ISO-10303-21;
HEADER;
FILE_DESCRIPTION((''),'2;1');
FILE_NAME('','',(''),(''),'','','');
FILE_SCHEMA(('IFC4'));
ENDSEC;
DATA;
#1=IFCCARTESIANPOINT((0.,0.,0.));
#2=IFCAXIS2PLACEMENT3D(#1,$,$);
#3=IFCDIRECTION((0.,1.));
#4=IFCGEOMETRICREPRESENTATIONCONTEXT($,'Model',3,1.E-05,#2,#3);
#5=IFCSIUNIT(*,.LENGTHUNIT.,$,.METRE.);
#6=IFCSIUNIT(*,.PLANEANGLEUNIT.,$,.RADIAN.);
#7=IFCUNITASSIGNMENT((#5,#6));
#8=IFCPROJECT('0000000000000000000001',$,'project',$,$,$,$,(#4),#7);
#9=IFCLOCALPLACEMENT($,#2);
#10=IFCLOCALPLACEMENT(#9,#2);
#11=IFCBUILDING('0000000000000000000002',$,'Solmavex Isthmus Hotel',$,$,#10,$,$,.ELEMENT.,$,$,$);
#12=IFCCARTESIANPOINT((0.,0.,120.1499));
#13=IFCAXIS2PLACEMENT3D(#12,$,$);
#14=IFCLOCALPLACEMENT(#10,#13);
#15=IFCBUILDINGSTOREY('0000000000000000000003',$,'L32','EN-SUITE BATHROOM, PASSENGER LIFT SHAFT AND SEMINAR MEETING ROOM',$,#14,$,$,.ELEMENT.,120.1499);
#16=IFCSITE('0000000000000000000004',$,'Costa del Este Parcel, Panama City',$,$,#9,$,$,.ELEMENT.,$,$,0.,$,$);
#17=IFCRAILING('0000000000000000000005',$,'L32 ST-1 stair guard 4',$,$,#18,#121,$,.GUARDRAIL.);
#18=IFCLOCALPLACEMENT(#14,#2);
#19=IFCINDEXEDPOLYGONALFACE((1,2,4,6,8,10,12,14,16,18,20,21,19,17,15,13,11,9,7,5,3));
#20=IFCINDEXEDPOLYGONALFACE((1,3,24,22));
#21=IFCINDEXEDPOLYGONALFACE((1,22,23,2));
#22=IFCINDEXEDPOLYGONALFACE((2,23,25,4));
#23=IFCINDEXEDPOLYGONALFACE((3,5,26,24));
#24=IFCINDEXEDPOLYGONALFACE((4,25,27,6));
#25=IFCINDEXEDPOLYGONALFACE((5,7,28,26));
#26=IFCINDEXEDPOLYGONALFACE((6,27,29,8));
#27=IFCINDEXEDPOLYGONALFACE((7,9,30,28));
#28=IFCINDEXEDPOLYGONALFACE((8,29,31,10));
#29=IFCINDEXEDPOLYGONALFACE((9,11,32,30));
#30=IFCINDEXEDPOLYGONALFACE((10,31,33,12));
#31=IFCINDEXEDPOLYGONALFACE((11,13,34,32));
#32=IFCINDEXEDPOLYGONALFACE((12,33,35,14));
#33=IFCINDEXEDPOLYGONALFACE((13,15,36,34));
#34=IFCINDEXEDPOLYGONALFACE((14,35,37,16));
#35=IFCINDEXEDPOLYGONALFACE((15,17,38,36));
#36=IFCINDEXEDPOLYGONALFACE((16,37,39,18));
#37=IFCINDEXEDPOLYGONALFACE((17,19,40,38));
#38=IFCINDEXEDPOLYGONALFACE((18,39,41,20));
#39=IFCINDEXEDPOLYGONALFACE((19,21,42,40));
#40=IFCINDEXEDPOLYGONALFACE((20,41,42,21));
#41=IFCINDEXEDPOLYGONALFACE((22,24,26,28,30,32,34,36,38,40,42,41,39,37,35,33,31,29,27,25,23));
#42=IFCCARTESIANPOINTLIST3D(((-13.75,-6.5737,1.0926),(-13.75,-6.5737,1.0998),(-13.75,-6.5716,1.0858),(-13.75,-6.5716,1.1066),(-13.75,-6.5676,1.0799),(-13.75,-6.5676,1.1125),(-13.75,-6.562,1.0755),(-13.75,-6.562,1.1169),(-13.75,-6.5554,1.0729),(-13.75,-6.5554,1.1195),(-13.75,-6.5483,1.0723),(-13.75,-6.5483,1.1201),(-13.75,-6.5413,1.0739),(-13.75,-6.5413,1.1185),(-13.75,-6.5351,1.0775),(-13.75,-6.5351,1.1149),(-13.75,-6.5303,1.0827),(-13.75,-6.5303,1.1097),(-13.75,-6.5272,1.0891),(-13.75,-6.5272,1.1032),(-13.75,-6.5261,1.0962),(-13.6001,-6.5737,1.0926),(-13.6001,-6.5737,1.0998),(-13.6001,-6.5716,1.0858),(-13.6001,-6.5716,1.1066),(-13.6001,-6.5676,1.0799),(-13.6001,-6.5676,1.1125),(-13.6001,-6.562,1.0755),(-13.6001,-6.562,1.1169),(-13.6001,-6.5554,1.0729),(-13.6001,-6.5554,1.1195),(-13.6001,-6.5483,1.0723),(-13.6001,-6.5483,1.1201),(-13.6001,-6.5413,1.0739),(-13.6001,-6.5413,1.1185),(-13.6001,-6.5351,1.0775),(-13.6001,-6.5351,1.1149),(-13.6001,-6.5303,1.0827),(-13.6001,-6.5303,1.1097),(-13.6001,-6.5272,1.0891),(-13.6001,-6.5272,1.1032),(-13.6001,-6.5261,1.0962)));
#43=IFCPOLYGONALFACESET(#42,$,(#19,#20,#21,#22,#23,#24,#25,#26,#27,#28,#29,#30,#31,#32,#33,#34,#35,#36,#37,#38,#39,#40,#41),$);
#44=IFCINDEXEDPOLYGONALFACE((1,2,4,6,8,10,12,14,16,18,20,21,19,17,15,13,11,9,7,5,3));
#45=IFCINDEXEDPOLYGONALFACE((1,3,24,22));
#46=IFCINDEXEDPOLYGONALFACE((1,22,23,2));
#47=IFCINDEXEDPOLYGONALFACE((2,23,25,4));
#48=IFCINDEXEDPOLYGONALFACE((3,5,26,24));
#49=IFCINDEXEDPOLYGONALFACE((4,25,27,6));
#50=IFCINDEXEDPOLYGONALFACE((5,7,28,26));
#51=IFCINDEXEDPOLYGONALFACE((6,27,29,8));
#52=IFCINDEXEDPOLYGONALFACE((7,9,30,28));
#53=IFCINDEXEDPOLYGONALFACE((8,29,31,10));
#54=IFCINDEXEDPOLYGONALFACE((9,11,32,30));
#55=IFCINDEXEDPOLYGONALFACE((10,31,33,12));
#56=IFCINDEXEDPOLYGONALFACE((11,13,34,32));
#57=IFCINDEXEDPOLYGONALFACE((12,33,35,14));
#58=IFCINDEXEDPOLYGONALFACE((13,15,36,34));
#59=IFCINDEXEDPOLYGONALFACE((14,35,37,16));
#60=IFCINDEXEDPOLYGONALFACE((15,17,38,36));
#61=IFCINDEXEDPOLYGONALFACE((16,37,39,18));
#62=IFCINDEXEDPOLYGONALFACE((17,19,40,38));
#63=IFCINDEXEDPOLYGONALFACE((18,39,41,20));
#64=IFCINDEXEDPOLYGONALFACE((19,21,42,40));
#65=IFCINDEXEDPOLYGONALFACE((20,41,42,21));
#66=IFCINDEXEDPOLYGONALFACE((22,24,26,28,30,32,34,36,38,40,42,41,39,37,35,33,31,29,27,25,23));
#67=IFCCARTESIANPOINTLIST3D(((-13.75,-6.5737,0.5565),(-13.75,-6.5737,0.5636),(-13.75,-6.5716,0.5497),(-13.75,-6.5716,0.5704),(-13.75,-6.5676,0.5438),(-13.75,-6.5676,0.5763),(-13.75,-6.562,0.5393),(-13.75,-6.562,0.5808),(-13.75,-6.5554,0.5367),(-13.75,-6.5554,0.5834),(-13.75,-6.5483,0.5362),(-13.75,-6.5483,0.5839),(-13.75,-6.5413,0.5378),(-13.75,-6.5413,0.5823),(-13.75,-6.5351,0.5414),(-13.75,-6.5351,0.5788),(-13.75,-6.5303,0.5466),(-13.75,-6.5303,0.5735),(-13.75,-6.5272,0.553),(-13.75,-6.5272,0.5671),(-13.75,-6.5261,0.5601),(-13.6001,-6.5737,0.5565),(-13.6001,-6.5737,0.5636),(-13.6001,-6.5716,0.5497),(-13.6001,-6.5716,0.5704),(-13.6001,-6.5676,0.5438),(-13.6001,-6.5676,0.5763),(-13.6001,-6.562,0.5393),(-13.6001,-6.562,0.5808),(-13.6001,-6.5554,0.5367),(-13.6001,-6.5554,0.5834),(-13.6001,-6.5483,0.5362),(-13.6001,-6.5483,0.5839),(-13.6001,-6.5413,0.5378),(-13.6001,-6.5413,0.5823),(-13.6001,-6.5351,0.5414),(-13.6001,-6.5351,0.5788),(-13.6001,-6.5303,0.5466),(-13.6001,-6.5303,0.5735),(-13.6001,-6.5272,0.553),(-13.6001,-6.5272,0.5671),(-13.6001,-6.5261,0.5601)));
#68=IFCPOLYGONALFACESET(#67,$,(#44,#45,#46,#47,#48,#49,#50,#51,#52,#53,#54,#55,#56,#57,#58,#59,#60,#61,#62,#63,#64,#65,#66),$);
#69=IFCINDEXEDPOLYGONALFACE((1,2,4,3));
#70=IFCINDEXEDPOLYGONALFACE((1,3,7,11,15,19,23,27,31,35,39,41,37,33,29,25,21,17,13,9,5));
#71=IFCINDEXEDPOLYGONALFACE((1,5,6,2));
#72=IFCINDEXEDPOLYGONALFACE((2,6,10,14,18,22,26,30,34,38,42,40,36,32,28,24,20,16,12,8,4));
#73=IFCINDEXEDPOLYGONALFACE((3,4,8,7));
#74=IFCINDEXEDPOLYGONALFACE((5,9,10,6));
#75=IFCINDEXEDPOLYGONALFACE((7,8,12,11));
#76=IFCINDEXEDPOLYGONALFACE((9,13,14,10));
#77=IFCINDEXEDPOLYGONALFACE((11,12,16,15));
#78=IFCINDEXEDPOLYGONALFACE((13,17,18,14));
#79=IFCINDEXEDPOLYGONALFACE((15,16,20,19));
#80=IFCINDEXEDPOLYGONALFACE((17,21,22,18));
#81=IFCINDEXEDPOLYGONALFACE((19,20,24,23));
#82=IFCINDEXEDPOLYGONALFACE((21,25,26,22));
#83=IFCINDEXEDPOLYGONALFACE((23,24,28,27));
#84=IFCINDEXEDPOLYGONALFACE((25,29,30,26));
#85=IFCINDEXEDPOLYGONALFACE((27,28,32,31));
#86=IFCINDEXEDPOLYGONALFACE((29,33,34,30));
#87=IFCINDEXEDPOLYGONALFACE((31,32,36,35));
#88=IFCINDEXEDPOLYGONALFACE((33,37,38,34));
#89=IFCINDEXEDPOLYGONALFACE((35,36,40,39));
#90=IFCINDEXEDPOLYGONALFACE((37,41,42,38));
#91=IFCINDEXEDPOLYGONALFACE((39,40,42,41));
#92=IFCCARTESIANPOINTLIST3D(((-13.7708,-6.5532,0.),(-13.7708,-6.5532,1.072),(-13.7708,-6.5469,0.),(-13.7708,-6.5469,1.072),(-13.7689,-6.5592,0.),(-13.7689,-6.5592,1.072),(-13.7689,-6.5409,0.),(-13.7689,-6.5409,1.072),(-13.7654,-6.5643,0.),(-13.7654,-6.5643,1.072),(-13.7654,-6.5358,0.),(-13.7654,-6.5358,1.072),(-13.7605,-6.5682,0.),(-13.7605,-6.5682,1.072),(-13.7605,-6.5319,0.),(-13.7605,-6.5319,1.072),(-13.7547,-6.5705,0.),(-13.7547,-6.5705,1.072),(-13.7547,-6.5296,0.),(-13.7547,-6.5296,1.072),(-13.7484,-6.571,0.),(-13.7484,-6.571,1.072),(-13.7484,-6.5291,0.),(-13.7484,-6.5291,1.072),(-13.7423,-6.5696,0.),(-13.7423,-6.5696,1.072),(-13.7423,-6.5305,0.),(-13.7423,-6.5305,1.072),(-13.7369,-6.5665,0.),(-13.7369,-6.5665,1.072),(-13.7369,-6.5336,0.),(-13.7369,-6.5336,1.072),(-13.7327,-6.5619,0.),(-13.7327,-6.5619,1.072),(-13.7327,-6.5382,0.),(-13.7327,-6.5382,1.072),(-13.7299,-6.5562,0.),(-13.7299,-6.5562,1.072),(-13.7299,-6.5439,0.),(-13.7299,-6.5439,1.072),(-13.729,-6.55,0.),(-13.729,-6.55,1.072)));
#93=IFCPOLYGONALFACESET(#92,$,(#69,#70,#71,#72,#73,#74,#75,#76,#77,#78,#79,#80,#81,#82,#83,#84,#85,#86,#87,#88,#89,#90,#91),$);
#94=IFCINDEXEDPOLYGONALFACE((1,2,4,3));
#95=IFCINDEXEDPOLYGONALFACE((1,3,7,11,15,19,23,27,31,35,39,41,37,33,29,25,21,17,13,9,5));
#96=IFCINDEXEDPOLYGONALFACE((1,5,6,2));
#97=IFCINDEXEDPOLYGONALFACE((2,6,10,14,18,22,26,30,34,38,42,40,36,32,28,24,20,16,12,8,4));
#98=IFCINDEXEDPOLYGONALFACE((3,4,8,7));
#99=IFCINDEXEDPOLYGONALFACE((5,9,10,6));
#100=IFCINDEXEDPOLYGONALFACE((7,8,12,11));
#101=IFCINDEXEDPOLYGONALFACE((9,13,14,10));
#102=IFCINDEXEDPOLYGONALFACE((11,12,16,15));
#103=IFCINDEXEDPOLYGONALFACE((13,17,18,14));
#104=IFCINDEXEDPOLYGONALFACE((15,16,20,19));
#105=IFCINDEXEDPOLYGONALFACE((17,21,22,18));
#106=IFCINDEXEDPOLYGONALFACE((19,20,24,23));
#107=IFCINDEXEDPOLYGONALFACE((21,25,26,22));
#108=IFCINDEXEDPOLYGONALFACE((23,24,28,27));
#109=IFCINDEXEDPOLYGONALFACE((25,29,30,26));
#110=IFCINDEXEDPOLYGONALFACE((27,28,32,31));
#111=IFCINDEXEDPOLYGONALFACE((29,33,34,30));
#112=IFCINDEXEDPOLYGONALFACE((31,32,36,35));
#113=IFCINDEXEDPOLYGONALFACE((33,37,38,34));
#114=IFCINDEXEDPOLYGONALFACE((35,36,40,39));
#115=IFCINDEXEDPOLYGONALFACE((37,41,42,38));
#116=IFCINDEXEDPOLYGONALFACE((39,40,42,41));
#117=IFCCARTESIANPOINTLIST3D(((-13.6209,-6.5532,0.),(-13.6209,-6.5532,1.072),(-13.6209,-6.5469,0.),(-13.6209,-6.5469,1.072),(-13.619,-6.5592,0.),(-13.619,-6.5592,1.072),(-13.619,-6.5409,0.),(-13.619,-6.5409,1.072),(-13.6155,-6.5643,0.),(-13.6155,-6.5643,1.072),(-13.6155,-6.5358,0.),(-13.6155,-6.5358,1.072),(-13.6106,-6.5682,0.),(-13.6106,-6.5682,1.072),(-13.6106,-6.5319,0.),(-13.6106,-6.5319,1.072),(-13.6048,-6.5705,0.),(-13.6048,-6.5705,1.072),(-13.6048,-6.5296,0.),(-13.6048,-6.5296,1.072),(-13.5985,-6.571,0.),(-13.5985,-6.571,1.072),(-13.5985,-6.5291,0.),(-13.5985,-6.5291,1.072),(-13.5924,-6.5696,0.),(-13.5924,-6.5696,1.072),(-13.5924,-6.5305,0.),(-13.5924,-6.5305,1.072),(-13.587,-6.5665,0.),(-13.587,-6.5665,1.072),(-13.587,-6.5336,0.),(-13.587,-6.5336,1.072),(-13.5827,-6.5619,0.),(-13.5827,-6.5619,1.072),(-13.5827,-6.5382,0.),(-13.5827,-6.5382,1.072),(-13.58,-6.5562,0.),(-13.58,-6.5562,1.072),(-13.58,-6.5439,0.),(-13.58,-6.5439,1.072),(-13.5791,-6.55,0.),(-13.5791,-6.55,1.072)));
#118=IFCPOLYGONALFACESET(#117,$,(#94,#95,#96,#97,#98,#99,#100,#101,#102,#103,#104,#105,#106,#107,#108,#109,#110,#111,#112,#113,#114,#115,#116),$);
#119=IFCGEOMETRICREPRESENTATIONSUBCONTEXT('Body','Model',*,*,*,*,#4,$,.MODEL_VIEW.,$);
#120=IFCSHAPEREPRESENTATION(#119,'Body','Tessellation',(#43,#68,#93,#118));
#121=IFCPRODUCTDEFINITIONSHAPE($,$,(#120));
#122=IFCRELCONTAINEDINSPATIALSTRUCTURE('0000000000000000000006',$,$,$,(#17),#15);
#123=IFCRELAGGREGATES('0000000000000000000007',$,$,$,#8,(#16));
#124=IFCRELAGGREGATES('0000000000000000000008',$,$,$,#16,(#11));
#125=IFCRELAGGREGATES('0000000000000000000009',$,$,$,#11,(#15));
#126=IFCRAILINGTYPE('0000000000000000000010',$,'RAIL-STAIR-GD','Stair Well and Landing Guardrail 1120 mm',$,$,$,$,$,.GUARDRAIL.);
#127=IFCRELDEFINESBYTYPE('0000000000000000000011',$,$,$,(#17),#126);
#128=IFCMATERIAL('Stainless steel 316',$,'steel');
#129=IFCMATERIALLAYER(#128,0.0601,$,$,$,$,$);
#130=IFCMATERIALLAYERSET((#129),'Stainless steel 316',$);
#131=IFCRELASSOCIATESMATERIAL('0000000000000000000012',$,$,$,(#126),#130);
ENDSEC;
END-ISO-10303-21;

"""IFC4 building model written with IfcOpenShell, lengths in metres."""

from ifc_helpers import new_model, si_unit, direction, frame, origin, origin_2d, place, context, subcontext, project, spatial, circle, extrude, material, layer, layer_set, type_object, element, save


model = new_model("IFC4")

# Units and contexts
model_context = context("Model", 3, precision=1e-05, world=origin(), true_north=direction((0.0, 1.0)))
body_context = subcontext(model_context, "Body", "Model", "MODEL_VIEW")
ifc_project = project(units=[si_unit("LENGTHUNIT", "METRE"), si_unit("PLANEANGLEUNIT", "RADIAN")], contexts=[model_context])

# Site, building, storey
site_placement = place(None, origin())
site = spatial("IfcSite", under=ifc_project, at=site_placement, Name="Costa del Este Parcel, Panama City", CompositionType="ELEMENT", RefElevation=0.0)
building_placement = place(site_placement, origin())
building = spatial("IfcBuilding", under=site, at=building_placement, Name="Solmavex Isthmus Hotel", CompositionType="ELEMENT")
storey_placement = place(building_placement, frame((0.0, 0.0, 120.1499)))
storey = spatial("IfcBuildingStorey", under=building, at=storey_placement, Name="L32", Description="EN-SUITE BATHROOM, PASSENGER LIFT SHAFT AND SEMINAR MEETING ROOM", CompositionType="ELEMENT", Elevation=120.1499)

# Railing
ifc_material_1 = material(Name="Stainless steel 316", Category="steel")
ifc_layer_1 = layer(ifc_material_1, 0.0601)
ifc_layer_set_1 = layer_set([ifc_layer_1], Name="Stainless steel 316")
railing_type_1 = type_object("IfcRailingType", Name="RAIL-STAIR-GD", Description="Stair Well and Landing Guardrail 1120 mm", PredefinedType="GUARDRAIL", material=ifc_layer_set_1)
railing_1_placement = place(storey_placement, frame((-13.75, -6.55, 0.0)))
element("IfcRailing", 1, at=railing_1_placement, inside=storey, type_object=railing_type_1, Name="L32 ST-1 stair guard 4", PredefinedType="GUARDRAIL", context=body_context, shape_type="SweptSolid", body=[
    extrude(circle(Radius=0.0239, at=origin_2d()), frame((0.0, 0.0, 1.0962), z_axis=(1.0, 0.0, 0.0), x_axis=(0.0, 1.0, 0.0)), (0.0, 0.0, 1.0), 0.1499),
    extrude(circle(Radius=0.0239, at=origin_2d()), frame((0.0, 0.0, 0.5601), z_axis=(1.0, 0.0, 0.0), x_axis=(0.0, 1.0, 0.0)), (0.0, 0.0, 1.0), 0.1499),
    extrude(circle(Radius=0.021, at=origin_2d()), origin(), (0.0, 0.0, 1.0), 1.072),
    extrude(circle(Radius=0.021, at=origin_2d()), frame((0.1499, 0.0, 0.0)), (0.0, 0.0, 1.0), 1.072),
])

save(model, "model.ifc")
